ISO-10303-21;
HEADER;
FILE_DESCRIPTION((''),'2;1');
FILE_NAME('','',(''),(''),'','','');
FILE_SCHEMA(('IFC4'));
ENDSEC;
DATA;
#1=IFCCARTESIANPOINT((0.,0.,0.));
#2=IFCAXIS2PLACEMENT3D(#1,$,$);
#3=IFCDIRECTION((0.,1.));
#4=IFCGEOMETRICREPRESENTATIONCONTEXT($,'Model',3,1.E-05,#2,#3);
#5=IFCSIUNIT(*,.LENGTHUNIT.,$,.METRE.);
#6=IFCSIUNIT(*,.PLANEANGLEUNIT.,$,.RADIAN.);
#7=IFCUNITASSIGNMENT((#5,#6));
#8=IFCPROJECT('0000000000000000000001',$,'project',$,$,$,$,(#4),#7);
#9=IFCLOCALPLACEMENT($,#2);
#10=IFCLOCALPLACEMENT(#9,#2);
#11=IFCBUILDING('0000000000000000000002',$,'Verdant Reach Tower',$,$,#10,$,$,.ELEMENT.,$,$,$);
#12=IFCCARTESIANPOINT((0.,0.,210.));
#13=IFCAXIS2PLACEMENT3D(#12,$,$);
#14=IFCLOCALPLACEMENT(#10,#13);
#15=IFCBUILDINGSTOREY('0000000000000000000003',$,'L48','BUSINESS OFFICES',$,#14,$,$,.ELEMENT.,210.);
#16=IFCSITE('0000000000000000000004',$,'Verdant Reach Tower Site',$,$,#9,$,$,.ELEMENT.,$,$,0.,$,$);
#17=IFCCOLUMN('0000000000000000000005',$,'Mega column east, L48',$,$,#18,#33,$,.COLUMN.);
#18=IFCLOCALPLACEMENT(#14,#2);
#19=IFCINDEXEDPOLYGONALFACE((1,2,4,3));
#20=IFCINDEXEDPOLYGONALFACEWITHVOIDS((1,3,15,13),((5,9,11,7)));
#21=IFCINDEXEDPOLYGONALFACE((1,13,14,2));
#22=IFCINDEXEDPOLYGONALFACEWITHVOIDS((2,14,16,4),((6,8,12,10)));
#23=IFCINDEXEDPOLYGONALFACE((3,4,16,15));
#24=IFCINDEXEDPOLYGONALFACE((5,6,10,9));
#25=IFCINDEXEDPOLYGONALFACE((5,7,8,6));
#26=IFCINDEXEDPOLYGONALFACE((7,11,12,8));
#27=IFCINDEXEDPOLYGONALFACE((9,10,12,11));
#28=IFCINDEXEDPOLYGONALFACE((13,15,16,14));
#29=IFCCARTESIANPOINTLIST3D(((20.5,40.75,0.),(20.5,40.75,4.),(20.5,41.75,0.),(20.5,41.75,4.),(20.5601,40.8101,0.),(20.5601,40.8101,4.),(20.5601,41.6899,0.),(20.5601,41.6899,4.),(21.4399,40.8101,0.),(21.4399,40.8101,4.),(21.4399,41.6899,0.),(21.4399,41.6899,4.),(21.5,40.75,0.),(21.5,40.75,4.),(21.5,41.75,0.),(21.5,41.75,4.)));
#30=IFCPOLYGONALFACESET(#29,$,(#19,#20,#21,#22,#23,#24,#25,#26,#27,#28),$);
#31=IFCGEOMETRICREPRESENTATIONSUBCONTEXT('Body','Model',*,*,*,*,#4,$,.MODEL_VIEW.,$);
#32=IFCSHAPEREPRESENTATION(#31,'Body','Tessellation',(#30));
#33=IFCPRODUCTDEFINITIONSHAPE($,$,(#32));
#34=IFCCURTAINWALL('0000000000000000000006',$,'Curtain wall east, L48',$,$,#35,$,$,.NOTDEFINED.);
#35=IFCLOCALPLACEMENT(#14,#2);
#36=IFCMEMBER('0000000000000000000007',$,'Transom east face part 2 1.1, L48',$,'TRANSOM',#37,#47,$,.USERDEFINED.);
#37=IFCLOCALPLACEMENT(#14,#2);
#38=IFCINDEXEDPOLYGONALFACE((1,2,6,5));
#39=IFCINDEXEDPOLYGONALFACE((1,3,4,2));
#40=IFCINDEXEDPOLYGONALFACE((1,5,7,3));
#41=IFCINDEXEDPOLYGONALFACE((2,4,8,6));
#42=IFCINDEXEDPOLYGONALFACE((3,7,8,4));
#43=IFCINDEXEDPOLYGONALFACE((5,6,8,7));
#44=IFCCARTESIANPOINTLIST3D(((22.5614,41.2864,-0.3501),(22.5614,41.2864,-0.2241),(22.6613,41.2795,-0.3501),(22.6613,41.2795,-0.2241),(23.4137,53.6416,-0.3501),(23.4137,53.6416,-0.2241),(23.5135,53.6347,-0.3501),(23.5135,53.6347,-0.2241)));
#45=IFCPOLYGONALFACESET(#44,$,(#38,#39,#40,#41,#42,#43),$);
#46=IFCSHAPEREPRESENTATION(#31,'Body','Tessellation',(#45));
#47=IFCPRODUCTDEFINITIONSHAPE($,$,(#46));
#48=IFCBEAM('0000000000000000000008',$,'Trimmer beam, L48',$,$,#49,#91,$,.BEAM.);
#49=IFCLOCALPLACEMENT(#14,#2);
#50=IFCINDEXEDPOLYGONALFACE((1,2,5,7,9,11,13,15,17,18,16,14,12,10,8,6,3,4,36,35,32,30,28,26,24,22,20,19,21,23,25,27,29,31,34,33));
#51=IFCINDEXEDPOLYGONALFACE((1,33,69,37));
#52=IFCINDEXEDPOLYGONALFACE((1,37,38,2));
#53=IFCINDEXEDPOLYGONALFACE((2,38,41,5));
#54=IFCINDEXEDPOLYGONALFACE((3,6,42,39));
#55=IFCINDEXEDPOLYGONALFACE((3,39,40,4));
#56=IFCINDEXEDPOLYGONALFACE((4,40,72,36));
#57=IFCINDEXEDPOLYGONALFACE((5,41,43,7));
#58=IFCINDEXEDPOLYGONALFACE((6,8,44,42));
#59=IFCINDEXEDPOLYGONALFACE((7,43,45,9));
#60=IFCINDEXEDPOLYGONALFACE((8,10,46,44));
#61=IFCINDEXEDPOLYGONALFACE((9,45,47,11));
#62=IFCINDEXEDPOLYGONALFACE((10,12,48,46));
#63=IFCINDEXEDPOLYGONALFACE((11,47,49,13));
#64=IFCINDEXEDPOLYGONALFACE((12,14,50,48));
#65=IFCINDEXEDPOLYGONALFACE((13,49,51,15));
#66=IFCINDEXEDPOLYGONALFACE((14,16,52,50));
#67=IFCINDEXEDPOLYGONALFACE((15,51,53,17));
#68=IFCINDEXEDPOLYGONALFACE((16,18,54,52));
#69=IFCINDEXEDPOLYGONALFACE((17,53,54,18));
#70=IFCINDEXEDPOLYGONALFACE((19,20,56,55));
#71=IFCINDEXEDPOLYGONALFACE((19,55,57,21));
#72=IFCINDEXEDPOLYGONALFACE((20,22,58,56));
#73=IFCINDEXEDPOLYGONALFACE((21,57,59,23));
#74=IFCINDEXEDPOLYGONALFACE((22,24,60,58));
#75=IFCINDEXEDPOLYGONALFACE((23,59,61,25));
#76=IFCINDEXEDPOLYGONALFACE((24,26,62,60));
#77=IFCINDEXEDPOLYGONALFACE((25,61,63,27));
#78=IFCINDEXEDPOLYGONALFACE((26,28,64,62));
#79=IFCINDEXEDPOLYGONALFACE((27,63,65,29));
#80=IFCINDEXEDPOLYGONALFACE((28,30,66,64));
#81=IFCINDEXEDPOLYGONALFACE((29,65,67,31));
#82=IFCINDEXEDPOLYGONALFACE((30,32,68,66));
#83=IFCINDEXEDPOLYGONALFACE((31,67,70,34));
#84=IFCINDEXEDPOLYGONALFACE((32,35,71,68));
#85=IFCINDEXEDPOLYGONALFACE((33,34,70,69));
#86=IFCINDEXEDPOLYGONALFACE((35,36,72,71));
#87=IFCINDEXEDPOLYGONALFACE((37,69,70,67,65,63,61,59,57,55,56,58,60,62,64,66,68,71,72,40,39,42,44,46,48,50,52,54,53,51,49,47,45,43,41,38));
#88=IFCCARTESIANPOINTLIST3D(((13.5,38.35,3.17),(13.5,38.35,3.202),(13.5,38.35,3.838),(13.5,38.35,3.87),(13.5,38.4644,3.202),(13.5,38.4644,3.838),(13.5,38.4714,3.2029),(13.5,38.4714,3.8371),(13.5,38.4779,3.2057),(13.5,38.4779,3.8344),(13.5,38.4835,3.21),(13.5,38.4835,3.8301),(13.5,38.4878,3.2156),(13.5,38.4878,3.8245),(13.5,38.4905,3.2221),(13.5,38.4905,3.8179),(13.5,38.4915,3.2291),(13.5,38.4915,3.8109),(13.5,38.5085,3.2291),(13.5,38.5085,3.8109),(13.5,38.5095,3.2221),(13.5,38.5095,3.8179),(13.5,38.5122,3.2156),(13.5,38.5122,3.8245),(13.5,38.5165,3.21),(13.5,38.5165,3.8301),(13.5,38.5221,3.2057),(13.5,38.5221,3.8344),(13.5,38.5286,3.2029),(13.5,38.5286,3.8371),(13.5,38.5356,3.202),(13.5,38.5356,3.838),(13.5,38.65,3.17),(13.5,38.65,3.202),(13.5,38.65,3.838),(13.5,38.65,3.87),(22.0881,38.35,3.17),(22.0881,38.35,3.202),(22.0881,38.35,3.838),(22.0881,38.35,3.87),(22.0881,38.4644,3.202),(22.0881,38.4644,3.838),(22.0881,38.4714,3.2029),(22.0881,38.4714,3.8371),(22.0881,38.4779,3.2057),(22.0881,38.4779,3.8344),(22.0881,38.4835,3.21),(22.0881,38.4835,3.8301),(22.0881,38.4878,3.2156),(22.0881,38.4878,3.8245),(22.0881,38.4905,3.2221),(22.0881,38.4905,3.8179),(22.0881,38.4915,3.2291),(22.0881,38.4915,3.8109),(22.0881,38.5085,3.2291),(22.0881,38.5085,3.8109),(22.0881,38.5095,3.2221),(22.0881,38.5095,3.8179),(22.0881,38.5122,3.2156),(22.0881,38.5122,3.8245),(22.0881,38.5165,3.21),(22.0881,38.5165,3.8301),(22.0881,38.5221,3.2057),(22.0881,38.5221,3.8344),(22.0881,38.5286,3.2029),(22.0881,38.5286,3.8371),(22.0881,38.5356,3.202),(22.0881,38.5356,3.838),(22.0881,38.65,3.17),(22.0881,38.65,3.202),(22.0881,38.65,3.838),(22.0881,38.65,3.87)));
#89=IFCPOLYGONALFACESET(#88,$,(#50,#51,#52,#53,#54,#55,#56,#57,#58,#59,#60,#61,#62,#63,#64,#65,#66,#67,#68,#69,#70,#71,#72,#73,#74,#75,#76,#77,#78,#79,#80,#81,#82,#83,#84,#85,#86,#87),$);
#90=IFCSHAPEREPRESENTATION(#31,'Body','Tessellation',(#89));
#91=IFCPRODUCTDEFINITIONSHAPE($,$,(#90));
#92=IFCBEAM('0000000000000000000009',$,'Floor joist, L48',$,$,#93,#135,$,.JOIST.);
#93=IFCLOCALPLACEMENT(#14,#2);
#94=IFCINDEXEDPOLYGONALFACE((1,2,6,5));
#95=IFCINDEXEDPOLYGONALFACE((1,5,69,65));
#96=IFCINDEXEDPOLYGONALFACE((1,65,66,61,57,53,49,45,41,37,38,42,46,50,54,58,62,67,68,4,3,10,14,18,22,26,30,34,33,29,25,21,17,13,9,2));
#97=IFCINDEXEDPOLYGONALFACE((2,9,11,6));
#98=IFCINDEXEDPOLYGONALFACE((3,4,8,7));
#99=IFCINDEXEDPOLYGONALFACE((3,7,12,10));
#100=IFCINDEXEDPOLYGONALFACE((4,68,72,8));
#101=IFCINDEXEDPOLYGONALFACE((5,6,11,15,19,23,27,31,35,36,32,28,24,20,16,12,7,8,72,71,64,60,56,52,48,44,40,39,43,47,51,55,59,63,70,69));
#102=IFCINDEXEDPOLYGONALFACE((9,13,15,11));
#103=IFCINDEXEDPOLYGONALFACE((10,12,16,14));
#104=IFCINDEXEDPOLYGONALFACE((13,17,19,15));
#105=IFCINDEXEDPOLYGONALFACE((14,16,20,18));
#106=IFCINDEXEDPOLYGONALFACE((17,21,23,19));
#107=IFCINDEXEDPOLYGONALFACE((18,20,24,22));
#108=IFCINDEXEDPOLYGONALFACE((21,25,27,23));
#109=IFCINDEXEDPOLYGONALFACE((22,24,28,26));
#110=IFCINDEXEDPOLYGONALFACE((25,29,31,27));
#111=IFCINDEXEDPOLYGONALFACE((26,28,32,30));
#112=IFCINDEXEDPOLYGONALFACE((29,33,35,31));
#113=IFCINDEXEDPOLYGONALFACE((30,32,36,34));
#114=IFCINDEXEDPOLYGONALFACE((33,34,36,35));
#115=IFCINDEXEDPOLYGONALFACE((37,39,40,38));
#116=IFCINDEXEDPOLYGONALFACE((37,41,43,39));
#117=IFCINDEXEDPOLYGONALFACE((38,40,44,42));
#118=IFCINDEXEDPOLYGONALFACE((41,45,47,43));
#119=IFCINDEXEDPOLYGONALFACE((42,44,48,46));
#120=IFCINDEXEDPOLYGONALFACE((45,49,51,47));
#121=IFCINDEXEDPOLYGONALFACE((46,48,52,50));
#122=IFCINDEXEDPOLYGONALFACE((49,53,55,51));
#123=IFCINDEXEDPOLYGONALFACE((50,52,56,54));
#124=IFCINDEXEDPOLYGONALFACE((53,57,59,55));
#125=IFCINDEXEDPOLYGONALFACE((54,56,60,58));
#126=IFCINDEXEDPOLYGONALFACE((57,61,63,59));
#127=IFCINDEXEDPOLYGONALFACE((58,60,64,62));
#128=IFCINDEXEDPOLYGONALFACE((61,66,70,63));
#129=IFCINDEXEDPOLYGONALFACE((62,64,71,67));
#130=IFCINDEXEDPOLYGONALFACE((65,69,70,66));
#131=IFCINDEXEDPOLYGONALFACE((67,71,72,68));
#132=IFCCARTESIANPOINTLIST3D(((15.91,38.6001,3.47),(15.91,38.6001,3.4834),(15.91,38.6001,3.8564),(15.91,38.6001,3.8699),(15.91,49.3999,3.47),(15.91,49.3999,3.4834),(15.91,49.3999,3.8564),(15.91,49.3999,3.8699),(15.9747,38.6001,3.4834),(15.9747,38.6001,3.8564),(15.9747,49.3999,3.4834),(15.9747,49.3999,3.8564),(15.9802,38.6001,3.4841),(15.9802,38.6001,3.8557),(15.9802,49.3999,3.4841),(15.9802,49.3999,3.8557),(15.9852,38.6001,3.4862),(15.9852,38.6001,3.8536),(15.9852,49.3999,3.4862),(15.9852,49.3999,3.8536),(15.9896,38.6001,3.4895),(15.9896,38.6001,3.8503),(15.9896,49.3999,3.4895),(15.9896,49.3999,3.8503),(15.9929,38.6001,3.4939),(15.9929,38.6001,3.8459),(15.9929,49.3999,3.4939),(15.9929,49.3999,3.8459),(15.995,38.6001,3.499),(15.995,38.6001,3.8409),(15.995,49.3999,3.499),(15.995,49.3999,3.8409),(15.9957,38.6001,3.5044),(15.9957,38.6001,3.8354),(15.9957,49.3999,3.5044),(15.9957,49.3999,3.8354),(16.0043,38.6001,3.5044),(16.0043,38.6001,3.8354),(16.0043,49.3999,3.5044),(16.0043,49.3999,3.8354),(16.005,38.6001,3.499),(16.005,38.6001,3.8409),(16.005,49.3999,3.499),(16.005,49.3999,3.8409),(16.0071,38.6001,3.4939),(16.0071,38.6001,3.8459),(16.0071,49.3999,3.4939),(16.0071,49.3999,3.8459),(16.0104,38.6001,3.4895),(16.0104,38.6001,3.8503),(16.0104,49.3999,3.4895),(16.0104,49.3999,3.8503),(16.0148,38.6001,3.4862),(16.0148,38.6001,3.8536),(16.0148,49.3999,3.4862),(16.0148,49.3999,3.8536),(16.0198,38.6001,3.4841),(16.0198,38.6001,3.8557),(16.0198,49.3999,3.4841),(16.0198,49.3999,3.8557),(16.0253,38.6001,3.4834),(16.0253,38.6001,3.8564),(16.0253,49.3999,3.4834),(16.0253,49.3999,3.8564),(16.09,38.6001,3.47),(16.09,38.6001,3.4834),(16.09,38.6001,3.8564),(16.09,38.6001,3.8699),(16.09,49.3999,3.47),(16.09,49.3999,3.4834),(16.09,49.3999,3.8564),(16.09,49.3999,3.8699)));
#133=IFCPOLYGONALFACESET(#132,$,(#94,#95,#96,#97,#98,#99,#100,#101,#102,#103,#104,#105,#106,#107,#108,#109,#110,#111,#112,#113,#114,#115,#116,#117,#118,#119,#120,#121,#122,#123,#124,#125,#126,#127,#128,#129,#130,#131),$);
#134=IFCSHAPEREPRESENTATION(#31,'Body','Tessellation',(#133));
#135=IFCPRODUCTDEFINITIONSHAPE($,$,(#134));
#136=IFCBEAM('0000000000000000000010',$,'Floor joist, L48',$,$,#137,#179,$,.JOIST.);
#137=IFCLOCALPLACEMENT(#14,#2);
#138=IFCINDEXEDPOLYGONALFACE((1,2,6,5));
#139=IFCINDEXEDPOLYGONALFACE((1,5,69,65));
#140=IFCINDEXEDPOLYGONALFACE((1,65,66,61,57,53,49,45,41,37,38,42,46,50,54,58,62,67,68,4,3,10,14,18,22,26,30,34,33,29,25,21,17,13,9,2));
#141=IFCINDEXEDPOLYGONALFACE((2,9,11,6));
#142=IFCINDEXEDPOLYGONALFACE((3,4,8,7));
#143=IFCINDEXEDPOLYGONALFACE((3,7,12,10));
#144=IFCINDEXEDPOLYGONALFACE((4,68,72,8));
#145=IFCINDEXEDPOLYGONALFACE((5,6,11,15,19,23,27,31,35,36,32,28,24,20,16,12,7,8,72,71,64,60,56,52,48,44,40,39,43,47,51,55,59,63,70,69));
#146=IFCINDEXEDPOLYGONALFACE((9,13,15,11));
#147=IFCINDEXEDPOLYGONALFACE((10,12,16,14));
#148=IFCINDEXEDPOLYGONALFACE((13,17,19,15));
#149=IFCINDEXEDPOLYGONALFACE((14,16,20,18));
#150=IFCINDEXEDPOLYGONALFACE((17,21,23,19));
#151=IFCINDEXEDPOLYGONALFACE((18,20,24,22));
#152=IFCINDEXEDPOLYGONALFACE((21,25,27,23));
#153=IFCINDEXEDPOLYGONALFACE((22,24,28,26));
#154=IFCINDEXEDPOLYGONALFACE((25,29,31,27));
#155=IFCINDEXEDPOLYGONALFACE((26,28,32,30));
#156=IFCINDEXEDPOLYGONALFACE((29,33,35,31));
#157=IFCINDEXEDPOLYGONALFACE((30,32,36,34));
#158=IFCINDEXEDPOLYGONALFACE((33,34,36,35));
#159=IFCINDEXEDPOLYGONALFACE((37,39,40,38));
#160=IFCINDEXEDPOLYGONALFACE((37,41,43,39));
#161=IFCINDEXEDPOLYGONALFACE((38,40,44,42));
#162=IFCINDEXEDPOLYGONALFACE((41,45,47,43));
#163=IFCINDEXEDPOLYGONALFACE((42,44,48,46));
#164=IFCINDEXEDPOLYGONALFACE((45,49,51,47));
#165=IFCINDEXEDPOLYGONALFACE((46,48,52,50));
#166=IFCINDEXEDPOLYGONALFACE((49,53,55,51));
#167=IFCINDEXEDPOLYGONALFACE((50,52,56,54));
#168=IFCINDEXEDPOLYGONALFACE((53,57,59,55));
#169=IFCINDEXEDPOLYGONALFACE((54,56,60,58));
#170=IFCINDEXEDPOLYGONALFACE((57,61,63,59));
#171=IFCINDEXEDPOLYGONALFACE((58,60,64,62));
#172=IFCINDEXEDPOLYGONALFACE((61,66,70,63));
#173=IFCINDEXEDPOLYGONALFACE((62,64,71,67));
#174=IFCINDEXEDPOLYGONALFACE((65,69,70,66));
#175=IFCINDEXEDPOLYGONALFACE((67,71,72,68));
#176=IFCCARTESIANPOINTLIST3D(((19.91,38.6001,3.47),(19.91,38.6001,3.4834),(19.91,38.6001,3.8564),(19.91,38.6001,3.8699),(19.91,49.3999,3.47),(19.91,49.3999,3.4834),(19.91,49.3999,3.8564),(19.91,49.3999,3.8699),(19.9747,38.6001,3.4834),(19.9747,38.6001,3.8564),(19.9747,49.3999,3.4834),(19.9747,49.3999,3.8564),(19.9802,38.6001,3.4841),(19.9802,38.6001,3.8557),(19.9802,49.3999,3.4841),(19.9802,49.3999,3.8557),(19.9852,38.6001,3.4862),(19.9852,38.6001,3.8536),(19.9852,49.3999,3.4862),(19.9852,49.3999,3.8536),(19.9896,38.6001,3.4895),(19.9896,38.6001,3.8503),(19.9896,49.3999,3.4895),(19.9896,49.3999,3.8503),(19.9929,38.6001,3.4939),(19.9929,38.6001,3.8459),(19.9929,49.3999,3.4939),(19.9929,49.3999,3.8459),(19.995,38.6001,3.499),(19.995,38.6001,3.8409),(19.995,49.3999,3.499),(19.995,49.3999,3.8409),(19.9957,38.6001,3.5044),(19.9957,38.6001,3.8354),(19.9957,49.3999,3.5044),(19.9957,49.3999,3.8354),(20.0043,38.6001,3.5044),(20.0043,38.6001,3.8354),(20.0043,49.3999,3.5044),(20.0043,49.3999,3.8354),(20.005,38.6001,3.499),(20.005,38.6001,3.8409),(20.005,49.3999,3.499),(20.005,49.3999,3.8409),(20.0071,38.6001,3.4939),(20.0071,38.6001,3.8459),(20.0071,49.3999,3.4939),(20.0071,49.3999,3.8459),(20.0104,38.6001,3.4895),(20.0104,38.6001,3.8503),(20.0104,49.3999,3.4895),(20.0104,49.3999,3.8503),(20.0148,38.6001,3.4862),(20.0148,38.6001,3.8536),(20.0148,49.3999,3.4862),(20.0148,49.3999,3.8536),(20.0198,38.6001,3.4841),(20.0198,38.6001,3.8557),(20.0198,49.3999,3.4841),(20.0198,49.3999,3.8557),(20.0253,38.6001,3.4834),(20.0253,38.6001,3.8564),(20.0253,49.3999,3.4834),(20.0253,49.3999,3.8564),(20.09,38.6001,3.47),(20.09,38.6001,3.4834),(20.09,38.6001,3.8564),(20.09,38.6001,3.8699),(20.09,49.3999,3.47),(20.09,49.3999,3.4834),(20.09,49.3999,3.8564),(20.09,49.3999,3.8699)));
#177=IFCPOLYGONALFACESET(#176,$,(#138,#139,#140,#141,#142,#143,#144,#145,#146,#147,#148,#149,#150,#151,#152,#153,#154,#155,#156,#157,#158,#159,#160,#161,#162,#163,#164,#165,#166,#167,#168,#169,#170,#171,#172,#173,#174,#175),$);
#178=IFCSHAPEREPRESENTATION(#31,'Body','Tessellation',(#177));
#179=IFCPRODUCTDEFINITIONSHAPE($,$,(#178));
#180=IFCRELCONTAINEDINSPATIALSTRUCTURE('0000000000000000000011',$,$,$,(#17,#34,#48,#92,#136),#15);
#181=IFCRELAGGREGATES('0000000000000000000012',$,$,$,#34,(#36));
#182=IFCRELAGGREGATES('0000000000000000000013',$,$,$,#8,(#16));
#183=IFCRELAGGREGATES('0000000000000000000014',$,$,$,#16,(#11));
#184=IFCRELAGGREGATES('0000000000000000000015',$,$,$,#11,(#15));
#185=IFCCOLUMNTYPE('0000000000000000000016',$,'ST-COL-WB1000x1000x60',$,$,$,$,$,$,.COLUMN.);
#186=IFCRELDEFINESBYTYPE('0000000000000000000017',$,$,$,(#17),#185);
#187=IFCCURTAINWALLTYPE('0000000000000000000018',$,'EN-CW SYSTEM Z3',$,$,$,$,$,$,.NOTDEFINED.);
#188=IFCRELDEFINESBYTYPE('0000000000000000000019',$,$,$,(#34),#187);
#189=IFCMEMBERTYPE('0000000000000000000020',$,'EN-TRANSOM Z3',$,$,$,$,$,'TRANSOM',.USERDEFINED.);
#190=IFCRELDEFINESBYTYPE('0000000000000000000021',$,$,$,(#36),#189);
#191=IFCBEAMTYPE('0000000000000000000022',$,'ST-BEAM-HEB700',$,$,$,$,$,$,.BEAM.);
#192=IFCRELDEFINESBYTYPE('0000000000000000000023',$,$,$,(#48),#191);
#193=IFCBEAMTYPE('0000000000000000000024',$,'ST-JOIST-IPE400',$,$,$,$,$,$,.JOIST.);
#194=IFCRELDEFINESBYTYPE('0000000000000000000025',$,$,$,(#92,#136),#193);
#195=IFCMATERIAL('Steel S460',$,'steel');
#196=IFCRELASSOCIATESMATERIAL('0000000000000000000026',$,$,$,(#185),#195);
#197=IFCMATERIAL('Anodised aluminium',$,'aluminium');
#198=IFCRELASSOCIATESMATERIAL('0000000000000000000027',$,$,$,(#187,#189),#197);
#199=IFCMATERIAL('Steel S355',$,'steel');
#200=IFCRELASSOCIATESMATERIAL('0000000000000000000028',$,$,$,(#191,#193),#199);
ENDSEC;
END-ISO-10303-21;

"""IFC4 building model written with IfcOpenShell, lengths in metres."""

from ifc_helpers import new_model, si_unit, direction, frame, origin, origin_2d, place, context, subcontext, project, spatial, rectangle, hollow_rectangle, i_section, extrude, material, material_profile, profile_set, type_object, element, aggregate, save


model = new_model("IFC4")

# Units and contexts
model_context = context("Model", 3, precision=1e-05, world=origin(), true_north=direction((0.0, 1.0)))
body_context = subcontext(model_context, "Body", "Model", "MODEL_VIEW")
ifc_project = project(units=[si_unit("LENGTHUNIT", "METRE"), si_unit("PLANEANGLEUNIT", "RADIAN")], contexts=[model_context])

# Site, building, storey
site_placement = place(None, origin())
site = spatial("IfcSite", under=ifc_project, at=site_placement, Name="Verdant Reach Tower Site", CompositionType="ELEMENT", RefElevation=0.0)
building_placement = place(site_placement, origin())
building = spatial("IfcBuilding", under=site, at=building_placement, Name="Verdant Reach Tower", CompositionType="ELEMENT")
storey_placement = place(building_placement, frame((0.0, 0.0, 210.0)))
storey = spatial("IfcBuildingStorey", under=building, at=storey_placement, Name="L48", Description="BUSINESS OFFICES", CompositionType="ELEMENT", Elevation=210.0)

# Column
ifc_material_1 = material(Name="Steel S460", Category="steel")
ifc_material_profile_1 = material_profile(ifc_material_1, hollow_rectangle(XDim=1.0, YDim=1.0, WallThickness=0.0601, at=origin_2d()), Name="WB 1000x1000x60")
ifc_profile_set_1 = profile_set([ifc_material_profile_1], Name="Steel S460")
column_type = type_object("IfcColumnType", Name="ST-COL-WB1000x1000x60", PredefinedType="COLUMN", material=ifc_profile_set_1)
column_placement = place(storey_placement, frame((21.0, 41.25, 0.0), z_axis=(0.0, 0.0, 1.0), x_axis=(1.0, 0.0, 0.0)))
element("IfcColumn", 1, at=column_placement, inside=storey, type_object=column_type, Name="Mega column east, L48", PredefinedType="COLUMN", context=body_context, shape_type="SweptSolid", body=[
    extrude(hollow_rectangle(XDim=1.0, YDim=1.0, WallThickness=0.0601, at=origin_2d()), origin(), (0.0, 0.0, 1.0), 4.0),
])

# Curtain wall, member
ifc_material_2 = material(Name="Anodised aluminium", Category="aluminium")
curtain_wall_type = type_object("IfcCurtainWallType", Name="EN-CW SYSTEM Z3", PredefinedType="NOTDEFINED", material=ifc_material_2)
curtain_wall_placement = place(storey_placement, origin())
curtain_wall = element("IfcCurtainWall", 2, at=curtain_wall_placement, inside=storey, type_object=curtain_wall_type, Name="Curtain wall east, L48", PredefinedType="NOTDEFINED")
ifc_material_profile_2 = material_profile(ifc_material_2, rectangle(XDim=0.1001, YDim=0.126, at=origin_2d()), Name="Transom 126x100")
ifc_profile_set_2 = profile_set([ifc_material_profile_2], Name="Anodised aluminium")
member_type = type_object("IfcMemberType", Name="EN-TRANSOM Z3", ElementType="TRANSOM", PredefinedType="USERDEFINED", material=ifc_profile_set_2)
member_placement = place(storey_placement, frame((22.6113, 41.283, -0.2871), z_axis=(0.068819, 0.997629, 0.0), x_axis=(-0.997629, 0.068819, 0.0)))
member = element("IfcMember", 3, at=member_placement, type_object=member_type, Name="Transom east face part 2 1.1, L48", ObjectType="TRANSOM", PredefinedType="USERDEFINED", context=body_context, shape_type="SweptSolid", body=[
    extrude(rectangle(XDim=0.1001, YDim=0.126, at=origin_2d()), origin(), (0.0, 0.0, 1.0), 12.3845),
])

# Beams
ifc_material_3 = material(Name="Steel S355", Category="steel")
ifc_material_profile_3 = material_profile(ifc_material_3, i_section(OverallWidth=0.3, OverallDepth=0.7, WebThickness=0.0171, FlangeThickness=0.032, FilletRadius=0.0271, at=origin_2d()), Name="HEB 700")
ifc_profile_set_3 = profile_set([ifc_material_profile_3], Name="Steel S355")
beam_type_1 = type_object("IfcBeamType", Name="ST-BEAM-HEB700", PredefinedType="BEAM", material=ifc_profile_set_3)
beam_1_placement = place(storey_placement, frame((13.5, 38.5, 3.52), z_axis=(1.0, 0.0, 0.0), x_axis=(0.0, 1.0, 0.0)))
element("IfcBeam", 4, at=beam_1_placement, inside=storey, type_object=beam_type_1, Name="Trimmer beam, L48", PredefinedType="BEAM", context=body_context, shape_type="SweptSolid", body=[
    extrude(i_section(OverallWidth=0.3, OverallDepth=0.7, WebThickness=0.0171, FlangeThickness=0.032, FilletRadius=0.0271, at=origin_2d()), origin(), (0.0, 0.0, 1.0), 8.5881),
])
ifc_material_profile_4 = material_profile(ifc_material_3, i_section(OverallWidth=0.1799, OverallDepth=0.3999, WebThickness=0.0085, FlangeThickness=0.0134, FilletRadius=0.021, at=origin_2d()), Name="IPE 400")
ifc_profile_set_4 = profile_set([ifc_material_profile_4], Name="Steel S355")
beam_type_2 = type_object("IfcBeamType", Name="ST-JOIST-IPE400", PredefinedType="JOIST", material=ifc_profile_set_4)
for number, where, z_axis, x_axis, name in (
    (5, (16.0, 38.6001, 3.6699), (0.0, 1.0, 0.0), (-1.0, 0.0, 0.0), "Floor joist, L48"),
    (6, (20.0, 38.6001, 3.6699), (0.0, 1.0, 0.0), (-1.0, 0.0, 0.0), "Floor joist, L48"),
):
    element("IfcBeam", number, at=place(storey_placement, frame(where, z_axis=z_axis, x_axis=x_axis)), inside=storey, type_object=beam_type_2, Name=name, PredefinedType="JOIST", context=body_context, shape_type="SweptSolid", body=[
        extrude(i_section(OverallWidth=0.1799, OverallDepth=0.3999, WebThickness=0.0085, FlangeThickness=0.0134, FilletRadius=0.021, at=origin_2d()), origin(), (0.0, 0.0, 1.0), 10.7998),
    ])

aggregate(curtain_wall, [member])

save(model, "model.ifc")
